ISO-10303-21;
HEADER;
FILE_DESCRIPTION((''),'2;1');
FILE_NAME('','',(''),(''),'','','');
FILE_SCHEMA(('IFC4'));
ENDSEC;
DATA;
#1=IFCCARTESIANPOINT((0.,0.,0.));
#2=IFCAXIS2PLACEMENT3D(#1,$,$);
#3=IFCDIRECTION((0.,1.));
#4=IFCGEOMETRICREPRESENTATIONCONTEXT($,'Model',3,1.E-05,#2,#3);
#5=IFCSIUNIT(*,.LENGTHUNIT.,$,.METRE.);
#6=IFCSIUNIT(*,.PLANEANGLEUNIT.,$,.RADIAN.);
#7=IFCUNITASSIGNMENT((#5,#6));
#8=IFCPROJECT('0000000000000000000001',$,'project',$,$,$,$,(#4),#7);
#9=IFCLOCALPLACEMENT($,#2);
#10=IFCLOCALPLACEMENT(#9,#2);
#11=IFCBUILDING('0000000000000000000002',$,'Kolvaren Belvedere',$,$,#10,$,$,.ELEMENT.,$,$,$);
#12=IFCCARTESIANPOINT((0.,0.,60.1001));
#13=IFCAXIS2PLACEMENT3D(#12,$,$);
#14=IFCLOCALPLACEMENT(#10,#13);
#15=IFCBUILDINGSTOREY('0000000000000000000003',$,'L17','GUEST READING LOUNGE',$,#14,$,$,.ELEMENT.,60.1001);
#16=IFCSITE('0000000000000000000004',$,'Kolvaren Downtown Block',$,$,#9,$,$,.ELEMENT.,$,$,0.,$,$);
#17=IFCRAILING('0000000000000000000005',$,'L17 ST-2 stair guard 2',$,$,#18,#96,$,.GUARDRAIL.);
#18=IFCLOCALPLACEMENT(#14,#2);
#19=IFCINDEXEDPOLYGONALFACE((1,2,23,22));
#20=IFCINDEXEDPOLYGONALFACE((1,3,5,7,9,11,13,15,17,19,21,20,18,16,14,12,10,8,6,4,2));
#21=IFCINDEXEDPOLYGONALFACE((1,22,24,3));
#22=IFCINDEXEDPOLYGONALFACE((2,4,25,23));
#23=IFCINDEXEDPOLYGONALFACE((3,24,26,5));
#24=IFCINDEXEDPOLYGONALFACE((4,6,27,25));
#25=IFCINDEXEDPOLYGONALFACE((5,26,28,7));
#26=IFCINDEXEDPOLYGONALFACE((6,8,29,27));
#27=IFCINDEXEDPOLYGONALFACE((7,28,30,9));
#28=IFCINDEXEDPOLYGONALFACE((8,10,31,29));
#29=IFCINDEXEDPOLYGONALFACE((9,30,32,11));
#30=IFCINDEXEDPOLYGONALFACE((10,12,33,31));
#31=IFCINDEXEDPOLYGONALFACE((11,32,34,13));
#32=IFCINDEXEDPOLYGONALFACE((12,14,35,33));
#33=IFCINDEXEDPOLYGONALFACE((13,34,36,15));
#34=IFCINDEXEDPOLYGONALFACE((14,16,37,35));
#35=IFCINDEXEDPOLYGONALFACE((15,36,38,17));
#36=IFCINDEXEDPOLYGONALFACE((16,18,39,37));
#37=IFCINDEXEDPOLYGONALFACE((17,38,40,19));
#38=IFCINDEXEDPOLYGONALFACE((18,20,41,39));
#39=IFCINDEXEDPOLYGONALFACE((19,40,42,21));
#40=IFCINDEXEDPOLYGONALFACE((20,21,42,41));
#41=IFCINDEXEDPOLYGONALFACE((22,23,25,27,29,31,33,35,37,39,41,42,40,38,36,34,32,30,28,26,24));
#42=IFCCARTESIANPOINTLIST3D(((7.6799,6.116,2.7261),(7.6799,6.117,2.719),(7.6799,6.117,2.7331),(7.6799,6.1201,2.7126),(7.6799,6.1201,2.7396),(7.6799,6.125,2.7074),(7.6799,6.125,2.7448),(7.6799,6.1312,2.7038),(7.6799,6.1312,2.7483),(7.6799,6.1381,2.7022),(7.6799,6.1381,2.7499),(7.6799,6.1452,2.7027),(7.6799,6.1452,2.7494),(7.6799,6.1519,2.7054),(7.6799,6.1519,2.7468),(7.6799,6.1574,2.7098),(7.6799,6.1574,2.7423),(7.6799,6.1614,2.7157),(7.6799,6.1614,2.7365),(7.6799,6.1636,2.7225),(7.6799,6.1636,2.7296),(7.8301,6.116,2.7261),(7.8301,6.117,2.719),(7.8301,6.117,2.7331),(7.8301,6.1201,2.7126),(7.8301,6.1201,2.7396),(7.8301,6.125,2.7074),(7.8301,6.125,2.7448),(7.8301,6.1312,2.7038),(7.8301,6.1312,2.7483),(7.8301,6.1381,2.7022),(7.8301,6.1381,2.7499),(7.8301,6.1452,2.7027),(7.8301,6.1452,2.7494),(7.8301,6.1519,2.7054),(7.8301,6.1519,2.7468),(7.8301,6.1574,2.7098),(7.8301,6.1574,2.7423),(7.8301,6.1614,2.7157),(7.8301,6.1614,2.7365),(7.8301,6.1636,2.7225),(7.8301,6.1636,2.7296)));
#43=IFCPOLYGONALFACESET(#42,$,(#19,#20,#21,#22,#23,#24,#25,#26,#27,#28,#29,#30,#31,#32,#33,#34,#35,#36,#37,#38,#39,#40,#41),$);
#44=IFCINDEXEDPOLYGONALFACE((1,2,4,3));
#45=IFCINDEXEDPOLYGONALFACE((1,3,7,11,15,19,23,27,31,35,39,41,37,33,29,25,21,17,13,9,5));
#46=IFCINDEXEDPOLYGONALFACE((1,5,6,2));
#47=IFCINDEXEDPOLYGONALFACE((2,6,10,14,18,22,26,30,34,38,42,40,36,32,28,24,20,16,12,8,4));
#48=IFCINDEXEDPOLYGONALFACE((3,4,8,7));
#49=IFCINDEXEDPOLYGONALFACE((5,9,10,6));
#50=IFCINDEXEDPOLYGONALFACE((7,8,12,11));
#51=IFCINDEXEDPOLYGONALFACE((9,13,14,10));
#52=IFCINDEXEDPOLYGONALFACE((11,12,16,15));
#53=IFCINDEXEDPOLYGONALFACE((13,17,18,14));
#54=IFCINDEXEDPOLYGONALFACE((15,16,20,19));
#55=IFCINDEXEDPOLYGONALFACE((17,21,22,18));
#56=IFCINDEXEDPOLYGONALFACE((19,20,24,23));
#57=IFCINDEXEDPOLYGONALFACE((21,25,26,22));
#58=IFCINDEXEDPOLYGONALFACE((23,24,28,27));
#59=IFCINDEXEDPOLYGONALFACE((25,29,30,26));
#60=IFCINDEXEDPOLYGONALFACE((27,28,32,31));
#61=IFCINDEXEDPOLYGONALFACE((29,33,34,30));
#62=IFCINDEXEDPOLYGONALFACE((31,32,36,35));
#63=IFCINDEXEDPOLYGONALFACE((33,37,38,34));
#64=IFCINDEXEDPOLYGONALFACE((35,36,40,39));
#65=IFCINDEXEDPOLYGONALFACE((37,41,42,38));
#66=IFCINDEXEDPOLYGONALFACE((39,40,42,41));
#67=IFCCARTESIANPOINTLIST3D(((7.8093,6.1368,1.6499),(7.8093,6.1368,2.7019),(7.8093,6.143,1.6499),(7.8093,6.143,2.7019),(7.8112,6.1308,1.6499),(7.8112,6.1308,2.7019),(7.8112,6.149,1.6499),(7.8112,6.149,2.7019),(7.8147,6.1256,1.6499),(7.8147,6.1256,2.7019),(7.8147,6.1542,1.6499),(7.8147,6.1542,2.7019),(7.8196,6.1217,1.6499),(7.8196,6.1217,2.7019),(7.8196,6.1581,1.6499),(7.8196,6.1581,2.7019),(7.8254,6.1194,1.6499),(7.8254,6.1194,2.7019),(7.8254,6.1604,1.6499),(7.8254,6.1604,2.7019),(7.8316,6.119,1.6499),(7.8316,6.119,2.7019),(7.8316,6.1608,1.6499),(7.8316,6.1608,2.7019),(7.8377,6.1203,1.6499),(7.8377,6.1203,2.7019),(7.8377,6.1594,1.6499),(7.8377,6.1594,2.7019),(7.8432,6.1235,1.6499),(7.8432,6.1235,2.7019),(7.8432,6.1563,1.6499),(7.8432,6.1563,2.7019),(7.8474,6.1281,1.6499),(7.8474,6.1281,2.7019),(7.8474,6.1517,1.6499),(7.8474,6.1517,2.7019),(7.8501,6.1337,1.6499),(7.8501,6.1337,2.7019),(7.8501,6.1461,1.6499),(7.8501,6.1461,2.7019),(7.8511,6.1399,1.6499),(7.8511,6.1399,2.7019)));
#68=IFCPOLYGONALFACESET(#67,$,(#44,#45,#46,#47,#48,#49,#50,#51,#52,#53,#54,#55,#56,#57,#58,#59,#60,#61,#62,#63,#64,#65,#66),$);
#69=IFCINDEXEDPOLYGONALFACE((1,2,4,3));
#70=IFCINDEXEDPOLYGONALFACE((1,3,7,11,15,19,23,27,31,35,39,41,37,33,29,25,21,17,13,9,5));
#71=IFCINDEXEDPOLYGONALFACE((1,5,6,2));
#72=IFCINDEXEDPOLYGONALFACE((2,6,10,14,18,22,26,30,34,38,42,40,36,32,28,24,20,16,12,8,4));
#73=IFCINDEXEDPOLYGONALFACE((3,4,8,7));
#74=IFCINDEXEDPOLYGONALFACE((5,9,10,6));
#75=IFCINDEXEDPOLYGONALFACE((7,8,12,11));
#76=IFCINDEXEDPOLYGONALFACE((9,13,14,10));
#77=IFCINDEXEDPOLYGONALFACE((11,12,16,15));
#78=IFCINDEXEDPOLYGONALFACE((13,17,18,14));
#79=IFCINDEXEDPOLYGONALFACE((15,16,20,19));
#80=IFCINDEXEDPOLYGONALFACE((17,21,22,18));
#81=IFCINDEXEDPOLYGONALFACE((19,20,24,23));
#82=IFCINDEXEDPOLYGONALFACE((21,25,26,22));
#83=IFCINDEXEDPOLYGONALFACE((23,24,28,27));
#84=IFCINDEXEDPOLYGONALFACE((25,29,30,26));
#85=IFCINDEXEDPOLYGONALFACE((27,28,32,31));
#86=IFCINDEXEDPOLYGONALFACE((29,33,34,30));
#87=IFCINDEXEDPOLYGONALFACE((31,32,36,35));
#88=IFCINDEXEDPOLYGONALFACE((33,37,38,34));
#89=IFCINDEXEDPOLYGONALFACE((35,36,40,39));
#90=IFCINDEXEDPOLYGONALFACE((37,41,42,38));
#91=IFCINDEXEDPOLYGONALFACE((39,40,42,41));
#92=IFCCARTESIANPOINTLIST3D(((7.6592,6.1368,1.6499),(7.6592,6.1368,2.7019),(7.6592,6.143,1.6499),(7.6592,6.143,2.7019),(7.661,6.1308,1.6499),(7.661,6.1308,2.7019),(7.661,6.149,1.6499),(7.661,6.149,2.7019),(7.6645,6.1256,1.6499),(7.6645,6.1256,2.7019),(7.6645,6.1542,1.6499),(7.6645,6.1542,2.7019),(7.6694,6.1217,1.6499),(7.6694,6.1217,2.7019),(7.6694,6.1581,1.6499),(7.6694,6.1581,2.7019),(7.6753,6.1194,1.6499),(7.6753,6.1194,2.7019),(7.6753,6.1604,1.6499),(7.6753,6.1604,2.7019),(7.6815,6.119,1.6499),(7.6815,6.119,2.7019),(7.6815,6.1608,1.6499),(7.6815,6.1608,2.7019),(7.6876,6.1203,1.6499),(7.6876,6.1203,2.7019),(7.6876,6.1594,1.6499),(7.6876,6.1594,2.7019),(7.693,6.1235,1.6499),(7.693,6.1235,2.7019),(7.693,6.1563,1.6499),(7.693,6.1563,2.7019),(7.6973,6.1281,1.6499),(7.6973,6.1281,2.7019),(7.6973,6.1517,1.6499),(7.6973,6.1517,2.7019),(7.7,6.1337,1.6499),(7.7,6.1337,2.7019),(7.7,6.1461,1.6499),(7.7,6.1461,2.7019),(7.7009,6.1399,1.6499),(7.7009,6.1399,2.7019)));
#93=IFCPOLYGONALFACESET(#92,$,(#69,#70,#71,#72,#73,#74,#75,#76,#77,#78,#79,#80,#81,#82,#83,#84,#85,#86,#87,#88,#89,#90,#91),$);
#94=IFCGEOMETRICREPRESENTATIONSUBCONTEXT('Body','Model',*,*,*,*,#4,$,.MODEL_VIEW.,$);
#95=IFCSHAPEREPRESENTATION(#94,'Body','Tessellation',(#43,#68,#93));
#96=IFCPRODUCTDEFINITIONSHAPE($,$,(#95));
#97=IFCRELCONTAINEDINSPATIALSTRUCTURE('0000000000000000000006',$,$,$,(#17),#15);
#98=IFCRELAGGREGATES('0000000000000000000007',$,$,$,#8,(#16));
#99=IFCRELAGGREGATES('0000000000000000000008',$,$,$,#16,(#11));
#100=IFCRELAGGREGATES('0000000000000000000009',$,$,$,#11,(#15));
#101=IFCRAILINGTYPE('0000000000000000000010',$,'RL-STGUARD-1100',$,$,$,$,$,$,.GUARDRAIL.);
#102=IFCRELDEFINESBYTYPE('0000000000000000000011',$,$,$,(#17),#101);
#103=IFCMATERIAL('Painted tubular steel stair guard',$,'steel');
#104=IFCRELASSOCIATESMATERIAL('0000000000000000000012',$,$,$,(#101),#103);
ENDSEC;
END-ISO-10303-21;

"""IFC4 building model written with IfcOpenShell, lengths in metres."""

from ifc_helpers import new_model, si_unit, direction, frame, origin, origin_2d, place, context, subcontext, project, spatial, circle, extrude, material, type_object, element, save


model = new_model("IFC4")

# Units and contexts
model_context = context("Model", 3, precision=1e-05, world=origin(), true_north=direction((0.0, 1.0)))
body_context = subcontext(model_context, "Body", "Model", "MODEL_VIEW")
ifc_project = project(units=[si_unit("LENGTHUNIT", "METRE"), si_unit("PLANEANGLEUNIT", "RADIAN")], contexts=[model_context])

# Site, building, storey
site_placement = place(None, origin())
site = spatial("IfcSite", under=ifc_project, at=site_placement, Name="Kolvaren Downtown Block", CompositionType="ELEMENT", RefElevation=0.0)
building_placement = place(site_placement, origin())
building = spatial("IfcBuilding", under=site, at=building_placement, Name="Kolvaren Belvedere", CompositionType="ELEMENT")
storey_placement = place(building_placement, frame((0.0, 0.0, 60.1001)))
storey = spatial("IfcBuildingStorey", under=building, at=storey_placement, Name="L17", Description="GUEST READING LOUNGE", CompositionType="ELEMENT", Elevation=60.1001)

# Railing
ifc_material_1 = material(Name="Painted tubular steel stair guard", Category="steel")
railing_type_1 = type_object("IfcRailingType", Name="RL-STGUARD-1100", PredefinedType="GUARDRAIL", material=ifc_material_1)
railing_1_placement = place(storey_placement, frame((7.8301, 6.1399, 1.6499)))
element("IfcRailing", 1, at=railing_1_placement, inside=storey, type_object=railing_type_1, Name="L17 ST-2 stair guard 2", PredefinedType="GUARDRAIL", context=body_context, shape_type="SweptSolid", body=[
    extrude(circle(Radius=0.0239, at=origin_2d()), frame((0.0, 0.0, 1.0762), z_axis=(-1.0, 0.0, 0.0), x_axis=(0.0, -1.0, 0.0)), (0.0, 0.0, 1.0), 0.1501),
    extrude(circle(Radius=0.021, at=origin_2d()), origin(), (0.0, 0.0, 1.0), 1.052),
    extrude(circle(Radius=0.021, at=origin_2d()), frame((-0.1501, 0.0, 0.0)), (0.0, 0.0, 1.0), 1.052),
])

save(model, "model.ifc")
